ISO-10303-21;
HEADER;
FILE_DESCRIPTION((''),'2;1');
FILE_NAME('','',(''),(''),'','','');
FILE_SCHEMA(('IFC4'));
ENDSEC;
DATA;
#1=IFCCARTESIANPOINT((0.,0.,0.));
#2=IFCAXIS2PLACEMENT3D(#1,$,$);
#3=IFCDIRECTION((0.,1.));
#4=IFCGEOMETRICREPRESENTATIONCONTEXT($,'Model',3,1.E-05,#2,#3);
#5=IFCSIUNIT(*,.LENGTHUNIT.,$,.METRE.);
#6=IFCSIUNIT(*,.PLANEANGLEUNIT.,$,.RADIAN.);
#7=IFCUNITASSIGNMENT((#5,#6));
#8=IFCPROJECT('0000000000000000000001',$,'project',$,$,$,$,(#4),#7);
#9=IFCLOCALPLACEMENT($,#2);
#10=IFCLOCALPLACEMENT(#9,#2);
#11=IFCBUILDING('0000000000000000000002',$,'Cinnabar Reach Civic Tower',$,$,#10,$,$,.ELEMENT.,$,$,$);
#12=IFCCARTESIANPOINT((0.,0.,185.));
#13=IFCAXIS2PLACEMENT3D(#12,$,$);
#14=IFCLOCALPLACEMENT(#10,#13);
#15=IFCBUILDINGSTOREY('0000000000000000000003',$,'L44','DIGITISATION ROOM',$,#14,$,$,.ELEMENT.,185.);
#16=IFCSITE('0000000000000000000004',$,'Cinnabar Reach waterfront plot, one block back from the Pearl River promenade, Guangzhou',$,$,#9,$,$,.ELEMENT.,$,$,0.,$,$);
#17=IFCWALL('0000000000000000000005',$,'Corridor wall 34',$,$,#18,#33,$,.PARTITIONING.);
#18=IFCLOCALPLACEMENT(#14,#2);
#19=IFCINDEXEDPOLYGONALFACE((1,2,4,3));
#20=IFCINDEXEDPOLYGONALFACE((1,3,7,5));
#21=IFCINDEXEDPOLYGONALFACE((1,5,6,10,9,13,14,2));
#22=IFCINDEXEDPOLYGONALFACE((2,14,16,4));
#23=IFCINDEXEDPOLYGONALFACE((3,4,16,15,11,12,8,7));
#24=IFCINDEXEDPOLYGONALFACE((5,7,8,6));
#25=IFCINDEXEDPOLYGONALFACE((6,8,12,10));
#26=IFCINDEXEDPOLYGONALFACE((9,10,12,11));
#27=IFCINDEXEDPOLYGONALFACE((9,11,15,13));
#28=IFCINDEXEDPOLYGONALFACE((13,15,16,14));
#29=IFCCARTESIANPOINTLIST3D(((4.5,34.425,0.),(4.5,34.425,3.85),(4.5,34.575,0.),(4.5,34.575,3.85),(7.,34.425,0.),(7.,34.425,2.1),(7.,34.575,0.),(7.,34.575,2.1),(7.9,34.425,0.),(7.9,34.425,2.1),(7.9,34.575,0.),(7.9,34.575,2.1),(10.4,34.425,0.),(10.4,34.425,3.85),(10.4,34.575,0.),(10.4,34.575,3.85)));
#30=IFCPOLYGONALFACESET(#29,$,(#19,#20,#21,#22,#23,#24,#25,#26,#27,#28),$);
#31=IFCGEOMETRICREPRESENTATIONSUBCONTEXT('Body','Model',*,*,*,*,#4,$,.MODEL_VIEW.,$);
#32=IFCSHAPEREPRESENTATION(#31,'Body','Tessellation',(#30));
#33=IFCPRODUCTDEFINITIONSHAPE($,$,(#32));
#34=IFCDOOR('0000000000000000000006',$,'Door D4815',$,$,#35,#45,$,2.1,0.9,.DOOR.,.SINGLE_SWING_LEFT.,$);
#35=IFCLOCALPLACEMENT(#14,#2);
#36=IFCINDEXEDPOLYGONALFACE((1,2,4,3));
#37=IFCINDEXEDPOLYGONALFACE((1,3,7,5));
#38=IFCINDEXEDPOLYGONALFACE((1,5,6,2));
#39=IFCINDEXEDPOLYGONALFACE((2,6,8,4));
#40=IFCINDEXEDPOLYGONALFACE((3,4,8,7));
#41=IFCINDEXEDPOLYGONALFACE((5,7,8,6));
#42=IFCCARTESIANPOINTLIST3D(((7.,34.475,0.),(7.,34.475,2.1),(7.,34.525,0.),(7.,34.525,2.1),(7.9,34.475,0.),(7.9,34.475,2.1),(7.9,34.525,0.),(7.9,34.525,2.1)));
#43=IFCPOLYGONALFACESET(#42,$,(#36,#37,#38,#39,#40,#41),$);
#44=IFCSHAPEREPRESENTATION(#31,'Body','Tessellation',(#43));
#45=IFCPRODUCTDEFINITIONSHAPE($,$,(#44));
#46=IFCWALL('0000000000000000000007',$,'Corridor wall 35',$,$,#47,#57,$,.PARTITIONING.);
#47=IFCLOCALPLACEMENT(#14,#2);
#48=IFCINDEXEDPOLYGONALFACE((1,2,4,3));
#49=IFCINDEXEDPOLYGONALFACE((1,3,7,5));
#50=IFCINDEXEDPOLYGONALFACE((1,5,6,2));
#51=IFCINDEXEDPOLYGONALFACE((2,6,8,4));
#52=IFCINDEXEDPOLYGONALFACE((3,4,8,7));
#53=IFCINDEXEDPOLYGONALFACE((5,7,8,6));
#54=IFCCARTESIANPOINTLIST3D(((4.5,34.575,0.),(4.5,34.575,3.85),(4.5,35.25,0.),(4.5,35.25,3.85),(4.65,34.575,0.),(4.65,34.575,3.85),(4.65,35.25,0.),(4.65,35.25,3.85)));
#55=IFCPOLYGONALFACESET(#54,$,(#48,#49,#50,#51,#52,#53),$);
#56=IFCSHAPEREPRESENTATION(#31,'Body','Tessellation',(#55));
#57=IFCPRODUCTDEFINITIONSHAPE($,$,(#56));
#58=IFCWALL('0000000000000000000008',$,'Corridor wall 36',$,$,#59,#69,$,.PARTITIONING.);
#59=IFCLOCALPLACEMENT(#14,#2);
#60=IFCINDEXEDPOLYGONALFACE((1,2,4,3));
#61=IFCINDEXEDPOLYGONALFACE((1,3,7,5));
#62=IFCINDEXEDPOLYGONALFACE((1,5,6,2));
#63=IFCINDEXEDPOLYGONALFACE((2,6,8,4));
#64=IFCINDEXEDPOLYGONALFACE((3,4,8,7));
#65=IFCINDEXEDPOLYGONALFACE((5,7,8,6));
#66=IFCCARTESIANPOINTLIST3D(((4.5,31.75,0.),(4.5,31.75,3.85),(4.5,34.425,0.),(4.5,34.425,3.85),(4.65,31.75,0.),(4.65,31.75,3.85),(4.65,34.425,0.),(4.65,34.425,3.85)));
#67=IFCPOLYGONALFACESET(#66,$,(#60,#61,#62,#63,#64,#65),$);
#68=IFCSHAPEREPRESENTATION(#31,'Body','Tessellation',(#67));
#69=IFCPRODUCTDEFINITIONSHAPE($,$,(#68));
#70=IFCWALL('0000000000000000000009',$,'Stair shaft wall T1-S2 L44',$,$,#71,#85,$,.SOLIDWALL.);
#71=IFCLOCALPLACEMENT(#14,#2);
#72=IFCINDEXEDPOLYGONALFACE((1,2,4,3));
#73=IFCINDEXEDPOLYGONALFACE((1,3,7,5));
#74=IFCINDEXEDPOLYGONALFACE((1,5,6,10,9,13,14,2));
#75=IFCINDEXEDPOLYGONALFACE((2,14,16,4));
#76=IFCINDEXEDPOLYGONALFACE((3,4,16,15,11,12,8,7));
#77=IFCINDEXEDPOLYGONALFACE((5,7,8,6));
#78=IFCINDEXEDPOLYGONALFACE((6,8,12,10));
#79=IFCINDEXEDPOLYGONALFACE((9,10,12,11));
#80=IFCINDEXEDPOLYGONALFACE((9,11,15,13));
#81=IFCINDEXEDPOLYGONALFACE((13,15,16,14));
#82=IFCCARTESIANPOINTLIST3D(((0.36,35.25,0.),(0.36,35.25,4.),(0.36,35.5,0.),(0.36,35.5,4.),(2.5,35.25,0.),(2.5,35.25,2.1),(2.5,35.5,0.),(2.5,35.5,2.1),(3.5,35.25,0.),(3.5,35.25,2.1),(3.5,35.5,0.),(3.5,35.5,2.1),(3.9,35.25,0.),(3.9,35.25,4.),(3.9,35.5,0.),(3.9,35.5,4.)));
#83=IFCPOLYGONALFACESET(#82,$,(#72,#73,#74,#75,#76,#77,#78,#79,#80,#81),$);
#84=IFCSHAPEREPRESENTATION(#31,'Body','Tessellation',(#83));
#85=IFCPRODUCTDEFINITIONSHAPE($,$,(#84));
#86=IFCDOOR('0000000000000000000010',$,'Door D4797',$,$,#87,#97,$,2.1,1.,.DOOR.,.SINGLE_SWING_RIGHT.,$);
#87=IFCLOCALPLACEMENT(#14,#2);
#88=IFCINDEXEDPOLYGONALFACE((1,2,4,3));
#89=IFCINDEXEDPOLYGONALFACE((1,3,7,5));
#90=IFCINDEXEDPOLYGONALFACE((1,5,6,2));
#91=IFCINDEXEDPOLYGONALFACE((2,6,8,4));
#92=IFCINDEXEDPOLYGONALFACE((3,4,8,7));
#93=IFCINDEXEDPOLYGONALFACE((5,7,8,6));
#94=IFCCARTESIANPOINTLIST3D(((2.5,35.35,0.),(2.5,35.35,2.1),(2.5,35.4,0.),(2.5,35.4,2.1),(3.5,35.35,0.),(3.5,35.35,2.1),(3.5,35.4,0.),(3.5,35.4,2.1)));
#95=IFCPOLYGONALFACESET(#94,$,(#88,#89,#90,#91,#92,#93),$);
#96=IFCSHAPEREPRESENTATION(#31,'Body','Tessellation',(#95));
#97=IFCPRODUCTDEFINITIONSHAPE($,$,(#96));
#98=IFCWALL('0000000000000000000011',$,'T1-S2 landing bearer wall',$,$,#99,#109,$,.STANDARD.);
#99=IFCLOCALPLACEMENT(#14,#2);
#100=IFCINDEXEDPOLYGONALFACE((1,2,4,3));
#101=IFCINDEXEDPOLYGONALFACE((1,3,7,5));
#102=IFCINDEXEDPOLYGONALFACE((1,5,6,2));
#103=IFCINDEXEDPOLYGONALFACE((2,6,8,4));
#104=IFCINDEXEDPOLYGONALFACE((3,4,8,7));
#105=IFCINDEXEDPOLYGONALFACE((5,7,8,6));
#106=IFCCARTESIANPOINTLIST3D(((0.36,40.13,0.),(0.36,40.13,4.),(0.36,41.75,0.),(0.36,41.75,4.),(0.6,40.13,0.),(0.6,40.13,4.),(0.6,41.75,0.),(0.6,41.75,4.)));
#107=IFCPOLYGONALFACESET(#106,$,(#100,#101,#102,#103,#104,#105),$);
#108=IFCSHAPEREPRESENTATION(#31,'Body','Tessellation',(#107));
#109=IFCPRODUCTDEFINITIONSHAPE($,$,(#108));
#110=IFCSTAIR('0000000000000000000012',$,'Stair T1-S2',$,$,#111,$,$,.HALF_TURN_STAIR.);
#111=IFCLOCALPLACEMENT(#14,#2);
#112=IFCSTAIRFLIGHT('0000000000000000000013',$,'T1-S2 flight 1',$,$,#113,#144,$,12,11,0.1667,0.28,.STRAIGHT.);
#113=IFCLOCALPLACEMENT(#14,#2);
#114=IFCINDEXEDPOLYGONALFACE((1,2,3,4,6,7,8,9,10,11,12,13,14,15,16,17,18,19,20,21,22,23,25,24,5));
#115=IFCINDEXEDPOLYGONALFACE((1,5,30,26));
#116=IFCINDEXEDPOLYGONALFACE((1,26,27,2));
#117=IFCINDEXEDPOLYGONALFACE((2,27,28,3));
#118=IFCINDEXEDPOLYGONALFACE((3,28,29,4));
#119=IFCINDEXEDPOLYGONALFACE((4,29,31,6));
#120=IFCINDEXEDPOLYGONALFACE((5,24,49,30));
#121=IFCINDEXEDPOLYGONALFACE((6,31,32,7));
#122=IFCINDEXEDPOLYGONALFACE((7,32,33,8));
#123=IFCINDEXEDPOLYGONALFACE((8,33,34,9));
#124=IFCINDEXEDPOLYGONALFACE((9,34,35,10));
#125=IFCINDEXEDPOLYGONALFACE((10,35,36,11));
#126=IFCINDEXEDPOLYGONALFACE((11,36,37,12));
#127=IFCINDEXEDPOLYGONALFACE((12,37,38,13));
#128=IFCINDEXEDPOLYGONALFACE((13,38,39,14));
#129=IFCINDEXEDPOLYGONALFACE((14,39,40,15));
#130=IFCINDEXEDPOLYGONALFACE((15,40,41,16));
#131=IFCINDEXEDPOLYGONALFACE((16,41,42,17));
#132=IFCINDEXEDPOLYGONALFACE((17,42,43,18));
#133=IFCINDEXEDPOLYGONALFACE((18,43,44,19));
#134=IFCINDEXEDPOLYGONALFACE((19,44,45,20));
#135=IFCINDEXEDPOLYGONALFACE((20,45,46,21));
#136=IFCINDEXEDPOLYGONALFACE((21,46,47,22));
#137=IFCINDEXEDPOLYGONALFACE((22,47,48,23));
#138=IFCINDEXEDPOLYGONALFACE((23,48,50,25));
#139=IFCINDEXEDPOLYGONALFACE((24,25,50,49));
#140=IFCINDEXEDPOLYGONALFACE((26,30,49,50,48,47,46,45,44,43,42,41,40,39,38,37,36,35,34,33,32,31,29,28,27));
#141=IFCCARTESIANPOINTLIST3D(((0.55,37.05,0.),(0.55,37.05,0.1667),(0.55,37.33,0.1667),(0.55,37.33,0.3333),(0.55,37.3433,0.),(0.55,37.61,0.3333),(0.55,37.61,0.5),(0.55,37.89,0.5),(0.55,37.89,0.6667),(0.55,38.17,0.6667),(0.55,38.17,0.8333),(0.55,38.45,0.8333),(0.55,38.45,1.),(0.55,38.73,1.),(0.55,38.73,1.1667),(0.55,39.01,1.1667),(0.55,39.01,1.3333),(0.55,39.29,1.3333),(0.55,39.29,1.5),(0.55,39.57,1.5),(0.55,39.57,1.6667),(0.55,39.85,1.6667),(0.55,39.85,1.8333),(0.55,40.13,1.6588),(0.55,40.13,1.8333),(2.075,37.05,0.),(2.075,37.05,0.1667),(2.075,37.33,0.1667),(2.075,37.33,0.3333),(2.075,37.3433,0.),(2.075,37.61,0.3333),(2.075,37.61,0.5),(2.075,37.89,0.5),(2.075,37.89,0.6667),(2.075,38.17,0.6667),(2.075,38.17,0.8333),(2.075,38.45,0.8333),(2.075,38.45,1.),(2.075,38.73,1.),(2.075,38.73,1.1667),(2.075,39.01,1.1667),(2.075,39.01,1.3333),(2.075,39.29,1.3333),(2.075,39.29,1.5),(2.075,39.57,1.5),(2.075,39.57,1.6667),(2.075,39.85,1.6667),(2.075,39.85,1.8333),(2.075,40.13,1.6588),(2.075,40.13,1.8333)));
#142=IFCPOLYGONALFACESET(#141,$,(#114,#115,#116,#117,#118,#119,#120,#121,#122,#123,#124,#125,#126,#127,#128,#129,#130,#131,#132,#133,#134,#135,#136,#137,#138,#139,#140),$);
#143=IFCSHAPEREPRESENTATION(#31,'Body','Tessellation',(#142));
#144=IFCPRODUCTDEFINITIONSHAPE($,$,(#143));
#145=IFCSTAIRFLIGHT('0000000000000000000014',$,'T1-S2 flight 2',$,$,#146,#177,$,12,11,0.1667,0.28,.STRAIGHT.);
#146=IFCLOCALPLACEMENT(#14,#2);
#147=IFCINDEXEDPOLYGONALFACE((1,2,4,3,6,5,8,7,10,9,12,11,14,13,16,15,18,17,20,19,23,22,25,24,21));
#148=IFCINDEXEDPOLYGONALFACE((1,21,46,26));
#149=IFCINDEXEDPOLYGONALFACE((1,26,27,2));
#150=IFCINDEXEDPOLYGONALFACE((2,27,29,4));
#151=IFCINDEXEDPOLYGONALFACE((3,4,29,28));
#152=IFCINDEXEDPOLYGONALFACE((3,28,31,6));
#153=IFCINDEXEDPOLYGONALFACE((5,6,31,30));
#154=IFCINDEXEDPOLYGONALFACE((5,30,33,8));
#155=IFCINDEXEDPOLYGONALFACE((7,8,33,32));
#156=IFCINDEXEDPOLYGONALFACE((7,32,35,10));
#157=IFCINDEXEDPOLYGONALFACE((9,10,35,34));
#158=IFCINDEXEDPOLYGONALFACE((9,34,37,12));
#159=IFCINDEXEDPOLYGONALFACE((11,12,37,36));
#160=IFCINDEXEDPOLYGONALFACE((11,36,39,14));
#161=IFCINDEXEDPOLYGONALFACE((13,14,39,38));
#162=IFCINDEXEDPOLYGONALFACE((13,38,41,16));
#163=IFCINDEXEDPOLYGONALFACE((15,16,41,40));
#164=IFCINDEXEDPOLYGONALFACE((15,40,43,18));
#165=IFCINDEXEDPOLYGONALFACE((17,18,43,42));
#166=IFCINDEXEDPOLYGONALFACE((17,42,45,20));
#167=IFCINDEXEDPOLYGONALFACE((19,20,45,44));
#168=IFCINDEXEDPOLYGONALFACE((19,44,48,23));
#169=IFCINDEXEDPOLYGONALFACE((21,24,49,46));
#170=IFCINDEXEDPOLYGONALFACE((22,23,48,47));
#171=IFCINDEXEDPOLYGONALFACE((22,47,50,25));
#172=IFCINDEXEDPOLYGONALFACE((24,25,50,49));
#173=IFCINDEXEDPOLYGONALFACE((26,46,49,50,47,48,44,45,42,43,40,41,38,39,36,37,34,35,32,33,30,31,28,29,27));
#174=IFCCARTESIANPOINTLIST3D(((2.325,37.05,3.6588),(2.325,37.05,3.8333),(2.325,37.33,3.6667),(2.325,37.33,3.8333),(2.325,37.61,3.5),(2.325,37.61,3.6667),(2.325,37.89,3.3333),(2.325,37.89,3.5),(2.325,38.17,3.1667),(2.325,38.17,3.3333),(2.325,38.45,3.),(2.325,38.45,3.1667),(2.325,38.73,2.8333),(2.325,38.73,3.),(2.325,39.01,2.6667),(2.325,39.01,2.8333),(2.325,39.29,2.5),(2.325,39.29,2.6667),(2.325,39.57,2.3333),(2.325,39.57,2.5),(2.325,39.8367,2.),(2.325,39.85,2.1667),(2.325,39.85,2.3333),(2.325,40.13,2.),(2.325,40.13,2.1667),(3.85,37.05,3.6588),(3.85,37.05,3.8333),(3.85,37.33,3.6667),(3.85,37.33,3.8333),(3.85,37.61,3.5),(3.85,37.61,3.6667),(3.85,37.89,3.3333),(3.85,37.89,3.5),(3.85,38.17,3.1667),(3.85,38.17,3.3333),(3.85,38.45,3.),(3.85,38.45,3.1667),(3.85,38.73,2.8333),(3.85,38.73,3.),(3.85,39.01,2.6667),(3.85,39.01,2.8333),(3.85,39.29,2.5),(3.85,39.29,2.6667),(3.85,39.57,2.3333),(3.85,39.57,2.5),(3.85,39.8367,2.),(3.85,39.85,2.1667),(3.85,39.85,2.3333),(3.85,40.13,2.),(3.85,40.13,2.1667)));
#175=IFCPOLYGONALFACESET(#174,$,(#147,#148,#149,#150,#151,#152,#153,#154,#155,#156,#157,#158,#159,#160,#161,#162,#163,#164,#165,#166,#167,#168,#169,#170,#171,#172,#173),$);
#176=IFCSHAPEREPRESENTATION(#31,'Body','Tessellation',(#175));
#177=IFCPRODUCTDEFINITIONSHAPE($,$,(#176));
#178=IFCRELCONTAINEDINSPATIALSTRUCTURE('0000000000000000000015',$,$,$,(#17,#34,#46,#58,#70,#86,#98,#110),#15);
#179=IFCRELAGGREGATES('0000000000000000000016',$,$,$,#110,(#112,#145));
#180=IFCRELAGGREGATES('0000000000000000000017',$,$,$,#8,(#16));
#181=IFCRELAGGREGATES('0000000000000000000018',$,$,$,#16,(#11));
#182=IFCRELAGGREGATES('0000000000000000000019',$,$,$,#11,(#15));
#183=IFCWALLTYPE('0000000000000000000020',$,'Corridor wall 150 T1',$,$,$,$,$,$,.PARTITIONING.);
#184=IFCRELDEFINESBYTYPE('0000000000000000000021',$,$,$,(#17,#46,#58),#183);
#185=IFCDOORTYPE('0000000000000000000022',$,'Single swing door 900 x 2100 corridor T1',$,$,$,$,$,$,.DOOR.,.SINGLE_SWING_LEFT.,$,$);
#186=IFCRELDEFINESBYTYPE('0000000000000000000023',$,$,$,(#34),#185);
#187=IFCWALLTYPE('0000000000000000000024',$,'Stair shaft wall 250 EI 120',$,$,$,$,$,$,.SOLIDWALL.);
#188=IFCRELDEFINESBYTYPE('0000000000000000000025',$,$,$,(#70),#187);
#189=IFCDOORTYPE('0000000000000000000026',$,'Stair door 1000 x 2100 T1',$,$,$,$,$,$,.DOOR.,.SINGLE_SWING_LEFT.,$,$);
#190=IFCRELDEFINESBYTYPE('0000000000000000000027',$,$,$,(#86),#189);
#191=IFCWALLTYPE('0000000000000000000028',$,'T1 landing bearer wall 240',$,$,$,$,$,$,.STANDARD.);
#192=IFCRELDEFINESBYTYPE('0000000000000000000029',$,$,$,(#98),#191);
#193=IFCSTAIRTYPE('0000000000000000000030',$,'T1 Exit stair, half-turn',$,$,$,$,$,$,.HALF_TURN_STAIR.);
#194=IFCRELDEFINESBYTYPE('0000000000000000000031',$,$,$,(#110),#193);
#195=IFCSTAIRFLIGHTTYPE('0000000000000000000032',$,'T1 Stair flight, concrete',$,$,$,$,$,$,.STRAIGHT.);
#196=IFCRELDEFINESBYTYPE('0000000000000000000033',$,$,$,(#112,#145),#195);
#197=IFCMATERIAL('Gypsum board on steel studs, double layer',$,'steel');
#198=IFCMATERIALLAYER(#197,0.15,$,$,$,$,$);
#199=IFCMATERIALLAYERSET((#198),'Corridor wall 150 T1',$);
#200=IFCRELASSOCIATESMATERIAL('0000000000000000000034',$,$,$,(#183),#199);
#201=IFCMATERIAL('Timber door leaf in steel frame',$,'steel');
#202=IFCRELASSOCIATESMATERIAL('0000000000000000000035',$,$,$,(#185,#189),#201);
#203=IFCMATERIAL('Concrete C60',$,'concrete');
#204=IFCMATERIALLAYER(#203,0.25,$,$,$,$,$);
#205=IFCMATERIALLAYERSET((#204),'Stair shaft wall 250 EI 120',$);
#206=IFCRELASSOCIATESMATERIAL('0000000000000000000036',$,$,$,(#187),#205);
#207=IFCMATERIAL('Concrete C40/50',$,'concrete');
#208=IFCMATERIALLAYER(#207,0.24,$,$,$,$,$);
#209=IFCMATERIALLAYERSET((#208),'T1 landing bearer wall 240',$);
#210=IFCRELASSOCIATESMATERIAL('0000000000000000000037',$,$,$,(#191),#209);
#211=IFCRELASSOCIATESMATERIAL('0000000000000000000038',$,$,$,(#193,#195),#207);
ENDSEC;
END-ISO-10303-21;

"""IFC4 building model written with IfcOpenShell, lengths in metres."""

from ifc_helpers import new_model, si_unit, direction, frame, frame_2d, origin, place, context, subcontext, project, spatial, polyline, rectangle, outline, extrude, material, layer, layer_set, type_object, element, fill, aggregate, save


model = new_model("IFC4")

# Units and contexts
model_context = context("Model", 3, precision=1e-05, world=origin(), true_north=direction((0.0, 1.0)))
body_context = subcontext(model_context, "Body", "Model", "MODEL_VIEW")
ifc_project = project(units=[si_unit("LENGTHUNIT", "METRE"), si_unit("PLANEANGLEUNIT", "RADIAN")], contexts=[model_context])

# Site, building, storey
site_placement = place(None, origin())
site = spatial("IfcSite", under=ifc_project, at=site_placement, Name="Cinnabar Reach waterfront plot, one block back from the Pearl River promenade, Guangzhou", CompositionType="ELEMENT", RefElevation=0.0)
building_placement = place(site_placement, origin())
building = spatial("IfcBuilding", under=site, at=building_placement, Name="Cinnabar Reach Civic Tower", CompositionType="ELEMENT")
storey_placement = place(building_placement, frame((0.0, 0.0, 185.0)))
storey = spatial("IfcBuildingStorey", under=building, at=storey_placement, Name="L44", Description="DIGITISATION ROOM", CompositionType="ELEMENT", Elevation=185.0)

# Shared definitions
ifc_material_1 = material(Name="Gypsum board on steel studs, double layer", Category="steel")
ifc_layer_1 = layer(ifc_material_1, 0.15)
ifc_layer_set_1 = layer_set([ifc_layer_1], Name="Corridor wall 150 T1")
wall_type_1 = type_object("IfcWallType", Name="Corridor wall 150 T1", PredefinedType="PARTITIONING", material=ifc_layer_set_1)
ifc_material_2 = material(Name="Timber door leaf in steel frame", Category="steel")
door_type_1 = type_object("IfcDoorType", Name="Single swing door 900 x 2100 corridor T1", OperationType="SINGLE_SWING_LEFT", PredefinedType="DOOR", material=ifc_material_2)

# Wall, opening, door
wall_1_placement = place(storey_placement, frame((4.5, 34.5, 0.0), z_axis=(0.0, 0.0, 1.0), x_axis=(1.0, 0.0, 0.0)))
wall_1 = element("IfcWall", 1, at=wall_1_placement, inside=storey, type_object=wall_type_1, Name="Corridor wall 34", PredefinedType="PARTITIONING", context=body_context, shape_type="SweptSolid", body=[
    extrude(rectangle(XDim=5.9, YDim=0.15, at=frame_2d((2.95, 0.0))), origin(), (0.0, 0.0, 1.0), 3.85),
])
opening_1_placement = place(wall_1_placement, frame((2.5, 0.0, 0.0)))
opening_1 = element("IfcOpeningElement", 2, at=opening_1_placement, cuts=wall_1, PredefinedType="OPENING", context=body_context, shape_type="SweptSolid", body=[
    extrude(rectangle(XDim=0.9, YDim=2.1, at=frame_2d((0.45, 1.05))), frame((0.0, 0.085, 0.0), z_axis=(0.0, -1.0, 0.0), x_axis=(1.0, 0.0, 0.0)), (0.0, 0.0, 1.0), 0.17),
])
door_1_placement = place(opening_1_placement, frame((0.9, 0.0, 0.0), z_axis=(0.0, 0.0, 1.0), x_axis=(-1.0, 0.0, 0.0)))
door_1 = element("IfcDoor", 3, at=door_1_placement, inside=storey, type_object=door_type_1, Name="Door D4815", OperationType="SINGLE_SWING_LEFT", OverallHeight=2.1, OverallWidth=0.9, PredefinedType="DOOR", context=body_context, shape_type="SweptSolid", body=[
    extrude(rectangle(XDim=0.9, YDim=2.1, at=frame_2d((0.45, 1.05))), frame((0.0, 0.025, 0.0), z_axis=(0.0, -1.0, 0.0), x_axis=(1.0, 0.0, 0.0)), (0.0, 0.0, 1.0), 0.05),
])
fill(opening_1, door_1)

# Walls
wall_2_placement = place(storey_placement, frame((4.575, 34.575, 0.0), z_axis=(0.0, 0.0, 1.0), x_axis=(0.0, 1.0, 0.0)))
element("IfcWall", 4, at=wall_2_placement, inside=storey, type_object=wall_type_1, Name="Corridor wall 35", PredefinedType="PARTITIONING", context=body_context, shape_type="SweptSolid", body=[
    extrude(rectangle(XDim=0.675, YDim=0.15, at=frame_2d((0.3375, 0.0))), origin(), (0.0, 0.0, 1.0), 3.85),
])
wall_3_placement = place(storey_placement, frame((4.575, 31.75, 0.0), z_axis=(0.0, 0.0, 1.0), x_axis=(0.0, 1.0, 0.0)))
element("IfcWall", 5, at=wall_3_placement, inside=storey, type_object=wall_type_1, Name="Corridor wall 36", PredefinedType="PARTITIONING", context=body_context, shape_type="SweptSolid", body=[
    extrude(rectangle(XDim=2.675, YDim=0.15, at=frame_2d((1.3375, 0.0))), origin(), (0.0, 0.0, 1.0), 3.85),
])

# Wall, opening, door
ifc_material_3 = material(Name="Concrete C60", Category="concrete")
ifc_layer_2 = layer(ifc_material_3, 0.25)
ifc_layer_set_2 = layer_set([ifc_layer_2], Name="Stair shaft wall 250 EI 120")
wall_type_2 = type_object("IfcWallType", Name="Stair shaft wall 250 EI 120", PredefinedType="SOLIDWALL", material=ifc_layer_set_2)
wall_4_placement = place(storey_placement, frame((0.36, 35.375, 0.0), z_axis=(0.0, 0.0, 1.0), x_axis=(1.0, 0.0, 0.0)))
wall_4 = element("IfcWall", 6, at=wall_4_placement, inside=storey, type_object=wall_type_2, Name="Stair shaft wall T1-S2 L44", PredefinedType="SOLIDWALL", context=body_context, shape_type="SweptSolid", body=[
    extrude(rectangle(XDim=3.54, YDim=0.25, at=frame_2d((1.77, 0.0))), origin(), (0.0, 0.0, 1.0), 4.0),
])
opening_2_placement = place(wall_4_placement, frame((2.14, 0.0, 0.0)))
opening_2 = element("IfcOpeningElement", 7, at=opening_2_placement, cuts=wall_4, PredefinedType="OPENING", context=body_context, shape_type="SweptSolid", body=[
    extrude(rectangle(XDim=1.0, YDim=2.1, at=frame_2d((0.5, 1.05))), frame((0.0, 0.135, 0.0), z_axis=(0.0, -1.0, 0.0), x_axis=(1.0, 0.0, 0.0)), (0.0, 0.0, 1.0), 0.27),
])
door_type_2 = type_object("IfcDoorType", Name="Stair door 1000 x 2100 T1", OperationType="SINGLE_SWING_LEFT", PredefinedType="DOOR", material=ifc_material_2)
door_2_placement = place(opening_2_placement, origin())
door_2 = element("IfcDoor", 8, at=door_2_placement, inside=storey, type_object=door_type_2, Name="Door D4797", OperationType="SINGLE_SWING_RIGHT", OverallHeight=2.1, OverallWidth=1.0, PredefinedType="DOOR", context=body_context, shape_type="SweptSolid", body=[
    extrude(rectangle(XDim=1.0, YDim=2.1, at=frame_2d((0.5, 1.05))), frame((0.0, 0.025, 0.0), z_axis=(0.0, -1.0, 0.0), x_axis=(1.0, 0.0, 0.0)), (0.0, 0.0, 1.0), 0.05),
])
fill(opening_2, door_2)

# Wall
ifc_material_4 = material(Name="Concrete C40/50", Category="concrete")
ifc_layer_3 = layer(ifc_material_4, 0.24)
ifc_layer_set_3 = layer_set([ifc_layer_3], Name="T1 landing bearer wall 240")
wall_type_3 = type_object("IfcWallType", Name="T1 landing bearer wall 240", PredefinedType="STANDARD", material=ifc_layer_set_3)
wall_5_placement = place(storey_placement, frame((0.48, 40.13, 0.0), z_axis=(0.0, 0.0, 1.0), x_axis=(0.0, 1.0, 0.0)))
element("IfcWall", 9, at=wall_5_placement, inside=storey, type_object=wall_type_3, Name="T1-S2 landing bearer wall", PredefinedType="STANDARD", context=body_context, shape_type="SweptSolid", body=[
    extrude(rectangle(XDim=1.62, YDim=0.24, at=frame_2d((0.81, 0.0))), origin(), (0.0, 0.0, 1.0), 4.0),
])

# Stair, stair flights
stair_type = type_object("IfcStairType", Name="T1 Exit stair, half-turn", PredefinedType="HALF_TURN_STAIR", material=ifc_material_4)
stair_placement = place(storey_placement, origin())
stair = element("IfcStair", 10, at=stair_placement, inside=storey, type_object=stair_type, Name="Stair T1-S2", PredefinedType="HALF_TURN_STAIR")
stair_flight_type = type_object("IfcStairFlightType", Name="T1 Stair flight, concrete", PredefinedType="STRAIGHT", material=ifc_material_4)
stair_flight_1_placement = place(storey_placement, frame((1.3125, 37.05, 0.0), z_axis=(0.0, 0.0, 1.0), x_axis=(0.0, 1.0, 0.0)))
stair_flight_1 = element("IfcStairFlight", 11, at=stair_flight_1_placement, type_object=stair_flight_type, Name="T1-S2 flight 1", NumberOfRisers=12, NumberOfTreads=11, PredefinedType="STRAIGHT", RiserHeight=0.1667, TreadLength=0.28, context=body_context, shape_type="SweptSolid", body=[
    extrude(outline(polyline([(0.0, 0.0), (0.0, 0.1667), (0.28, 0.1667), (0.28, 0.3333), (0.56, 0.3333), (0.56, 0.5), (0.84, 0.5), (0.84, 0.6667), (1.12, 0.6667), (1.12, 0.8333), (1.4, 0.8333), (1.4, 1.0), (1.68, 1.0), (1.68, 1.1667), (1.96, 1.1667), (1.96, 1.3333), (2.24, 1.3333), (2.24, 1.5), (2.52, 1.5), (2.52, 1.6667), (2.8, 1.6667), (2.8, 1.8333), (3.08, 1.8333), (3.08, 2.0), (3.08, 1.6588), (0.2933, 0.0), (0.0, 0.0)])), frame((0.0, 0.7625, 0.0), z_axis=(0.0, -1.0, 0.0), x_axis=(1.0, 0.0, 0.0)), (0.0, 0.0, 1.0), 1.525),
])
stair_flight_2_placement = place(storey_placement, frame((3.0875, 40.13, 2.0), z_axis=(0.0, 0.0, 1.0), x_axis=(0.0, -1.0, 0.0)))
stair_flight_2 = element("IfcStairFlight", 12, at=stair_flight_2_placement, type_object=stair_flight_type, Name="T1-S2 flight 2", NumberOfRisers=12, NumberOfTreads=11, PredefinedType="STRAIGHT", RiserHeight=0.1667, TreadLength=0.28, context=body_context, shape_type="SweptSolid", body=[
    extrude(outline(polyline([(0.0, 0.0), (0.0, 0.1667), (0.28, 0.1667), (0.28, 0.3333), (0.56, 0.3333), (0.56, 0.5), (0.84, 0.5), (0.84, 0.6667), (1.12, 0.6667), (1.12, 0.8333), (1.4, 0.8333), (1.4, 1.0), (1.68, 1.0), (1.68, 1.1667), (1.96, 1.1667), (1.96, 1.3333), (2.24, 1.3333), (2.24, 1.5), (2.52, 1.5), (2.52, 1.6667), (2.8, 1.6667), (2.8, 1.8333), (3.08, 1.8333), (3.08, 2.0), (3.08, 1.6588), (0.2933, 0.0), (0.0, 0.0)])), frame((0.0, 0.7625, 0.0), z_axis=(0.0, -1.0, 0.0), x_axis=(1.0, 0.0, 0.0)), (0.0, 0.0, 1.0), 1.525),
])
aggregate(stair, [stair_flight_1, stair_flight_2])

save(model, "model.ifc")
